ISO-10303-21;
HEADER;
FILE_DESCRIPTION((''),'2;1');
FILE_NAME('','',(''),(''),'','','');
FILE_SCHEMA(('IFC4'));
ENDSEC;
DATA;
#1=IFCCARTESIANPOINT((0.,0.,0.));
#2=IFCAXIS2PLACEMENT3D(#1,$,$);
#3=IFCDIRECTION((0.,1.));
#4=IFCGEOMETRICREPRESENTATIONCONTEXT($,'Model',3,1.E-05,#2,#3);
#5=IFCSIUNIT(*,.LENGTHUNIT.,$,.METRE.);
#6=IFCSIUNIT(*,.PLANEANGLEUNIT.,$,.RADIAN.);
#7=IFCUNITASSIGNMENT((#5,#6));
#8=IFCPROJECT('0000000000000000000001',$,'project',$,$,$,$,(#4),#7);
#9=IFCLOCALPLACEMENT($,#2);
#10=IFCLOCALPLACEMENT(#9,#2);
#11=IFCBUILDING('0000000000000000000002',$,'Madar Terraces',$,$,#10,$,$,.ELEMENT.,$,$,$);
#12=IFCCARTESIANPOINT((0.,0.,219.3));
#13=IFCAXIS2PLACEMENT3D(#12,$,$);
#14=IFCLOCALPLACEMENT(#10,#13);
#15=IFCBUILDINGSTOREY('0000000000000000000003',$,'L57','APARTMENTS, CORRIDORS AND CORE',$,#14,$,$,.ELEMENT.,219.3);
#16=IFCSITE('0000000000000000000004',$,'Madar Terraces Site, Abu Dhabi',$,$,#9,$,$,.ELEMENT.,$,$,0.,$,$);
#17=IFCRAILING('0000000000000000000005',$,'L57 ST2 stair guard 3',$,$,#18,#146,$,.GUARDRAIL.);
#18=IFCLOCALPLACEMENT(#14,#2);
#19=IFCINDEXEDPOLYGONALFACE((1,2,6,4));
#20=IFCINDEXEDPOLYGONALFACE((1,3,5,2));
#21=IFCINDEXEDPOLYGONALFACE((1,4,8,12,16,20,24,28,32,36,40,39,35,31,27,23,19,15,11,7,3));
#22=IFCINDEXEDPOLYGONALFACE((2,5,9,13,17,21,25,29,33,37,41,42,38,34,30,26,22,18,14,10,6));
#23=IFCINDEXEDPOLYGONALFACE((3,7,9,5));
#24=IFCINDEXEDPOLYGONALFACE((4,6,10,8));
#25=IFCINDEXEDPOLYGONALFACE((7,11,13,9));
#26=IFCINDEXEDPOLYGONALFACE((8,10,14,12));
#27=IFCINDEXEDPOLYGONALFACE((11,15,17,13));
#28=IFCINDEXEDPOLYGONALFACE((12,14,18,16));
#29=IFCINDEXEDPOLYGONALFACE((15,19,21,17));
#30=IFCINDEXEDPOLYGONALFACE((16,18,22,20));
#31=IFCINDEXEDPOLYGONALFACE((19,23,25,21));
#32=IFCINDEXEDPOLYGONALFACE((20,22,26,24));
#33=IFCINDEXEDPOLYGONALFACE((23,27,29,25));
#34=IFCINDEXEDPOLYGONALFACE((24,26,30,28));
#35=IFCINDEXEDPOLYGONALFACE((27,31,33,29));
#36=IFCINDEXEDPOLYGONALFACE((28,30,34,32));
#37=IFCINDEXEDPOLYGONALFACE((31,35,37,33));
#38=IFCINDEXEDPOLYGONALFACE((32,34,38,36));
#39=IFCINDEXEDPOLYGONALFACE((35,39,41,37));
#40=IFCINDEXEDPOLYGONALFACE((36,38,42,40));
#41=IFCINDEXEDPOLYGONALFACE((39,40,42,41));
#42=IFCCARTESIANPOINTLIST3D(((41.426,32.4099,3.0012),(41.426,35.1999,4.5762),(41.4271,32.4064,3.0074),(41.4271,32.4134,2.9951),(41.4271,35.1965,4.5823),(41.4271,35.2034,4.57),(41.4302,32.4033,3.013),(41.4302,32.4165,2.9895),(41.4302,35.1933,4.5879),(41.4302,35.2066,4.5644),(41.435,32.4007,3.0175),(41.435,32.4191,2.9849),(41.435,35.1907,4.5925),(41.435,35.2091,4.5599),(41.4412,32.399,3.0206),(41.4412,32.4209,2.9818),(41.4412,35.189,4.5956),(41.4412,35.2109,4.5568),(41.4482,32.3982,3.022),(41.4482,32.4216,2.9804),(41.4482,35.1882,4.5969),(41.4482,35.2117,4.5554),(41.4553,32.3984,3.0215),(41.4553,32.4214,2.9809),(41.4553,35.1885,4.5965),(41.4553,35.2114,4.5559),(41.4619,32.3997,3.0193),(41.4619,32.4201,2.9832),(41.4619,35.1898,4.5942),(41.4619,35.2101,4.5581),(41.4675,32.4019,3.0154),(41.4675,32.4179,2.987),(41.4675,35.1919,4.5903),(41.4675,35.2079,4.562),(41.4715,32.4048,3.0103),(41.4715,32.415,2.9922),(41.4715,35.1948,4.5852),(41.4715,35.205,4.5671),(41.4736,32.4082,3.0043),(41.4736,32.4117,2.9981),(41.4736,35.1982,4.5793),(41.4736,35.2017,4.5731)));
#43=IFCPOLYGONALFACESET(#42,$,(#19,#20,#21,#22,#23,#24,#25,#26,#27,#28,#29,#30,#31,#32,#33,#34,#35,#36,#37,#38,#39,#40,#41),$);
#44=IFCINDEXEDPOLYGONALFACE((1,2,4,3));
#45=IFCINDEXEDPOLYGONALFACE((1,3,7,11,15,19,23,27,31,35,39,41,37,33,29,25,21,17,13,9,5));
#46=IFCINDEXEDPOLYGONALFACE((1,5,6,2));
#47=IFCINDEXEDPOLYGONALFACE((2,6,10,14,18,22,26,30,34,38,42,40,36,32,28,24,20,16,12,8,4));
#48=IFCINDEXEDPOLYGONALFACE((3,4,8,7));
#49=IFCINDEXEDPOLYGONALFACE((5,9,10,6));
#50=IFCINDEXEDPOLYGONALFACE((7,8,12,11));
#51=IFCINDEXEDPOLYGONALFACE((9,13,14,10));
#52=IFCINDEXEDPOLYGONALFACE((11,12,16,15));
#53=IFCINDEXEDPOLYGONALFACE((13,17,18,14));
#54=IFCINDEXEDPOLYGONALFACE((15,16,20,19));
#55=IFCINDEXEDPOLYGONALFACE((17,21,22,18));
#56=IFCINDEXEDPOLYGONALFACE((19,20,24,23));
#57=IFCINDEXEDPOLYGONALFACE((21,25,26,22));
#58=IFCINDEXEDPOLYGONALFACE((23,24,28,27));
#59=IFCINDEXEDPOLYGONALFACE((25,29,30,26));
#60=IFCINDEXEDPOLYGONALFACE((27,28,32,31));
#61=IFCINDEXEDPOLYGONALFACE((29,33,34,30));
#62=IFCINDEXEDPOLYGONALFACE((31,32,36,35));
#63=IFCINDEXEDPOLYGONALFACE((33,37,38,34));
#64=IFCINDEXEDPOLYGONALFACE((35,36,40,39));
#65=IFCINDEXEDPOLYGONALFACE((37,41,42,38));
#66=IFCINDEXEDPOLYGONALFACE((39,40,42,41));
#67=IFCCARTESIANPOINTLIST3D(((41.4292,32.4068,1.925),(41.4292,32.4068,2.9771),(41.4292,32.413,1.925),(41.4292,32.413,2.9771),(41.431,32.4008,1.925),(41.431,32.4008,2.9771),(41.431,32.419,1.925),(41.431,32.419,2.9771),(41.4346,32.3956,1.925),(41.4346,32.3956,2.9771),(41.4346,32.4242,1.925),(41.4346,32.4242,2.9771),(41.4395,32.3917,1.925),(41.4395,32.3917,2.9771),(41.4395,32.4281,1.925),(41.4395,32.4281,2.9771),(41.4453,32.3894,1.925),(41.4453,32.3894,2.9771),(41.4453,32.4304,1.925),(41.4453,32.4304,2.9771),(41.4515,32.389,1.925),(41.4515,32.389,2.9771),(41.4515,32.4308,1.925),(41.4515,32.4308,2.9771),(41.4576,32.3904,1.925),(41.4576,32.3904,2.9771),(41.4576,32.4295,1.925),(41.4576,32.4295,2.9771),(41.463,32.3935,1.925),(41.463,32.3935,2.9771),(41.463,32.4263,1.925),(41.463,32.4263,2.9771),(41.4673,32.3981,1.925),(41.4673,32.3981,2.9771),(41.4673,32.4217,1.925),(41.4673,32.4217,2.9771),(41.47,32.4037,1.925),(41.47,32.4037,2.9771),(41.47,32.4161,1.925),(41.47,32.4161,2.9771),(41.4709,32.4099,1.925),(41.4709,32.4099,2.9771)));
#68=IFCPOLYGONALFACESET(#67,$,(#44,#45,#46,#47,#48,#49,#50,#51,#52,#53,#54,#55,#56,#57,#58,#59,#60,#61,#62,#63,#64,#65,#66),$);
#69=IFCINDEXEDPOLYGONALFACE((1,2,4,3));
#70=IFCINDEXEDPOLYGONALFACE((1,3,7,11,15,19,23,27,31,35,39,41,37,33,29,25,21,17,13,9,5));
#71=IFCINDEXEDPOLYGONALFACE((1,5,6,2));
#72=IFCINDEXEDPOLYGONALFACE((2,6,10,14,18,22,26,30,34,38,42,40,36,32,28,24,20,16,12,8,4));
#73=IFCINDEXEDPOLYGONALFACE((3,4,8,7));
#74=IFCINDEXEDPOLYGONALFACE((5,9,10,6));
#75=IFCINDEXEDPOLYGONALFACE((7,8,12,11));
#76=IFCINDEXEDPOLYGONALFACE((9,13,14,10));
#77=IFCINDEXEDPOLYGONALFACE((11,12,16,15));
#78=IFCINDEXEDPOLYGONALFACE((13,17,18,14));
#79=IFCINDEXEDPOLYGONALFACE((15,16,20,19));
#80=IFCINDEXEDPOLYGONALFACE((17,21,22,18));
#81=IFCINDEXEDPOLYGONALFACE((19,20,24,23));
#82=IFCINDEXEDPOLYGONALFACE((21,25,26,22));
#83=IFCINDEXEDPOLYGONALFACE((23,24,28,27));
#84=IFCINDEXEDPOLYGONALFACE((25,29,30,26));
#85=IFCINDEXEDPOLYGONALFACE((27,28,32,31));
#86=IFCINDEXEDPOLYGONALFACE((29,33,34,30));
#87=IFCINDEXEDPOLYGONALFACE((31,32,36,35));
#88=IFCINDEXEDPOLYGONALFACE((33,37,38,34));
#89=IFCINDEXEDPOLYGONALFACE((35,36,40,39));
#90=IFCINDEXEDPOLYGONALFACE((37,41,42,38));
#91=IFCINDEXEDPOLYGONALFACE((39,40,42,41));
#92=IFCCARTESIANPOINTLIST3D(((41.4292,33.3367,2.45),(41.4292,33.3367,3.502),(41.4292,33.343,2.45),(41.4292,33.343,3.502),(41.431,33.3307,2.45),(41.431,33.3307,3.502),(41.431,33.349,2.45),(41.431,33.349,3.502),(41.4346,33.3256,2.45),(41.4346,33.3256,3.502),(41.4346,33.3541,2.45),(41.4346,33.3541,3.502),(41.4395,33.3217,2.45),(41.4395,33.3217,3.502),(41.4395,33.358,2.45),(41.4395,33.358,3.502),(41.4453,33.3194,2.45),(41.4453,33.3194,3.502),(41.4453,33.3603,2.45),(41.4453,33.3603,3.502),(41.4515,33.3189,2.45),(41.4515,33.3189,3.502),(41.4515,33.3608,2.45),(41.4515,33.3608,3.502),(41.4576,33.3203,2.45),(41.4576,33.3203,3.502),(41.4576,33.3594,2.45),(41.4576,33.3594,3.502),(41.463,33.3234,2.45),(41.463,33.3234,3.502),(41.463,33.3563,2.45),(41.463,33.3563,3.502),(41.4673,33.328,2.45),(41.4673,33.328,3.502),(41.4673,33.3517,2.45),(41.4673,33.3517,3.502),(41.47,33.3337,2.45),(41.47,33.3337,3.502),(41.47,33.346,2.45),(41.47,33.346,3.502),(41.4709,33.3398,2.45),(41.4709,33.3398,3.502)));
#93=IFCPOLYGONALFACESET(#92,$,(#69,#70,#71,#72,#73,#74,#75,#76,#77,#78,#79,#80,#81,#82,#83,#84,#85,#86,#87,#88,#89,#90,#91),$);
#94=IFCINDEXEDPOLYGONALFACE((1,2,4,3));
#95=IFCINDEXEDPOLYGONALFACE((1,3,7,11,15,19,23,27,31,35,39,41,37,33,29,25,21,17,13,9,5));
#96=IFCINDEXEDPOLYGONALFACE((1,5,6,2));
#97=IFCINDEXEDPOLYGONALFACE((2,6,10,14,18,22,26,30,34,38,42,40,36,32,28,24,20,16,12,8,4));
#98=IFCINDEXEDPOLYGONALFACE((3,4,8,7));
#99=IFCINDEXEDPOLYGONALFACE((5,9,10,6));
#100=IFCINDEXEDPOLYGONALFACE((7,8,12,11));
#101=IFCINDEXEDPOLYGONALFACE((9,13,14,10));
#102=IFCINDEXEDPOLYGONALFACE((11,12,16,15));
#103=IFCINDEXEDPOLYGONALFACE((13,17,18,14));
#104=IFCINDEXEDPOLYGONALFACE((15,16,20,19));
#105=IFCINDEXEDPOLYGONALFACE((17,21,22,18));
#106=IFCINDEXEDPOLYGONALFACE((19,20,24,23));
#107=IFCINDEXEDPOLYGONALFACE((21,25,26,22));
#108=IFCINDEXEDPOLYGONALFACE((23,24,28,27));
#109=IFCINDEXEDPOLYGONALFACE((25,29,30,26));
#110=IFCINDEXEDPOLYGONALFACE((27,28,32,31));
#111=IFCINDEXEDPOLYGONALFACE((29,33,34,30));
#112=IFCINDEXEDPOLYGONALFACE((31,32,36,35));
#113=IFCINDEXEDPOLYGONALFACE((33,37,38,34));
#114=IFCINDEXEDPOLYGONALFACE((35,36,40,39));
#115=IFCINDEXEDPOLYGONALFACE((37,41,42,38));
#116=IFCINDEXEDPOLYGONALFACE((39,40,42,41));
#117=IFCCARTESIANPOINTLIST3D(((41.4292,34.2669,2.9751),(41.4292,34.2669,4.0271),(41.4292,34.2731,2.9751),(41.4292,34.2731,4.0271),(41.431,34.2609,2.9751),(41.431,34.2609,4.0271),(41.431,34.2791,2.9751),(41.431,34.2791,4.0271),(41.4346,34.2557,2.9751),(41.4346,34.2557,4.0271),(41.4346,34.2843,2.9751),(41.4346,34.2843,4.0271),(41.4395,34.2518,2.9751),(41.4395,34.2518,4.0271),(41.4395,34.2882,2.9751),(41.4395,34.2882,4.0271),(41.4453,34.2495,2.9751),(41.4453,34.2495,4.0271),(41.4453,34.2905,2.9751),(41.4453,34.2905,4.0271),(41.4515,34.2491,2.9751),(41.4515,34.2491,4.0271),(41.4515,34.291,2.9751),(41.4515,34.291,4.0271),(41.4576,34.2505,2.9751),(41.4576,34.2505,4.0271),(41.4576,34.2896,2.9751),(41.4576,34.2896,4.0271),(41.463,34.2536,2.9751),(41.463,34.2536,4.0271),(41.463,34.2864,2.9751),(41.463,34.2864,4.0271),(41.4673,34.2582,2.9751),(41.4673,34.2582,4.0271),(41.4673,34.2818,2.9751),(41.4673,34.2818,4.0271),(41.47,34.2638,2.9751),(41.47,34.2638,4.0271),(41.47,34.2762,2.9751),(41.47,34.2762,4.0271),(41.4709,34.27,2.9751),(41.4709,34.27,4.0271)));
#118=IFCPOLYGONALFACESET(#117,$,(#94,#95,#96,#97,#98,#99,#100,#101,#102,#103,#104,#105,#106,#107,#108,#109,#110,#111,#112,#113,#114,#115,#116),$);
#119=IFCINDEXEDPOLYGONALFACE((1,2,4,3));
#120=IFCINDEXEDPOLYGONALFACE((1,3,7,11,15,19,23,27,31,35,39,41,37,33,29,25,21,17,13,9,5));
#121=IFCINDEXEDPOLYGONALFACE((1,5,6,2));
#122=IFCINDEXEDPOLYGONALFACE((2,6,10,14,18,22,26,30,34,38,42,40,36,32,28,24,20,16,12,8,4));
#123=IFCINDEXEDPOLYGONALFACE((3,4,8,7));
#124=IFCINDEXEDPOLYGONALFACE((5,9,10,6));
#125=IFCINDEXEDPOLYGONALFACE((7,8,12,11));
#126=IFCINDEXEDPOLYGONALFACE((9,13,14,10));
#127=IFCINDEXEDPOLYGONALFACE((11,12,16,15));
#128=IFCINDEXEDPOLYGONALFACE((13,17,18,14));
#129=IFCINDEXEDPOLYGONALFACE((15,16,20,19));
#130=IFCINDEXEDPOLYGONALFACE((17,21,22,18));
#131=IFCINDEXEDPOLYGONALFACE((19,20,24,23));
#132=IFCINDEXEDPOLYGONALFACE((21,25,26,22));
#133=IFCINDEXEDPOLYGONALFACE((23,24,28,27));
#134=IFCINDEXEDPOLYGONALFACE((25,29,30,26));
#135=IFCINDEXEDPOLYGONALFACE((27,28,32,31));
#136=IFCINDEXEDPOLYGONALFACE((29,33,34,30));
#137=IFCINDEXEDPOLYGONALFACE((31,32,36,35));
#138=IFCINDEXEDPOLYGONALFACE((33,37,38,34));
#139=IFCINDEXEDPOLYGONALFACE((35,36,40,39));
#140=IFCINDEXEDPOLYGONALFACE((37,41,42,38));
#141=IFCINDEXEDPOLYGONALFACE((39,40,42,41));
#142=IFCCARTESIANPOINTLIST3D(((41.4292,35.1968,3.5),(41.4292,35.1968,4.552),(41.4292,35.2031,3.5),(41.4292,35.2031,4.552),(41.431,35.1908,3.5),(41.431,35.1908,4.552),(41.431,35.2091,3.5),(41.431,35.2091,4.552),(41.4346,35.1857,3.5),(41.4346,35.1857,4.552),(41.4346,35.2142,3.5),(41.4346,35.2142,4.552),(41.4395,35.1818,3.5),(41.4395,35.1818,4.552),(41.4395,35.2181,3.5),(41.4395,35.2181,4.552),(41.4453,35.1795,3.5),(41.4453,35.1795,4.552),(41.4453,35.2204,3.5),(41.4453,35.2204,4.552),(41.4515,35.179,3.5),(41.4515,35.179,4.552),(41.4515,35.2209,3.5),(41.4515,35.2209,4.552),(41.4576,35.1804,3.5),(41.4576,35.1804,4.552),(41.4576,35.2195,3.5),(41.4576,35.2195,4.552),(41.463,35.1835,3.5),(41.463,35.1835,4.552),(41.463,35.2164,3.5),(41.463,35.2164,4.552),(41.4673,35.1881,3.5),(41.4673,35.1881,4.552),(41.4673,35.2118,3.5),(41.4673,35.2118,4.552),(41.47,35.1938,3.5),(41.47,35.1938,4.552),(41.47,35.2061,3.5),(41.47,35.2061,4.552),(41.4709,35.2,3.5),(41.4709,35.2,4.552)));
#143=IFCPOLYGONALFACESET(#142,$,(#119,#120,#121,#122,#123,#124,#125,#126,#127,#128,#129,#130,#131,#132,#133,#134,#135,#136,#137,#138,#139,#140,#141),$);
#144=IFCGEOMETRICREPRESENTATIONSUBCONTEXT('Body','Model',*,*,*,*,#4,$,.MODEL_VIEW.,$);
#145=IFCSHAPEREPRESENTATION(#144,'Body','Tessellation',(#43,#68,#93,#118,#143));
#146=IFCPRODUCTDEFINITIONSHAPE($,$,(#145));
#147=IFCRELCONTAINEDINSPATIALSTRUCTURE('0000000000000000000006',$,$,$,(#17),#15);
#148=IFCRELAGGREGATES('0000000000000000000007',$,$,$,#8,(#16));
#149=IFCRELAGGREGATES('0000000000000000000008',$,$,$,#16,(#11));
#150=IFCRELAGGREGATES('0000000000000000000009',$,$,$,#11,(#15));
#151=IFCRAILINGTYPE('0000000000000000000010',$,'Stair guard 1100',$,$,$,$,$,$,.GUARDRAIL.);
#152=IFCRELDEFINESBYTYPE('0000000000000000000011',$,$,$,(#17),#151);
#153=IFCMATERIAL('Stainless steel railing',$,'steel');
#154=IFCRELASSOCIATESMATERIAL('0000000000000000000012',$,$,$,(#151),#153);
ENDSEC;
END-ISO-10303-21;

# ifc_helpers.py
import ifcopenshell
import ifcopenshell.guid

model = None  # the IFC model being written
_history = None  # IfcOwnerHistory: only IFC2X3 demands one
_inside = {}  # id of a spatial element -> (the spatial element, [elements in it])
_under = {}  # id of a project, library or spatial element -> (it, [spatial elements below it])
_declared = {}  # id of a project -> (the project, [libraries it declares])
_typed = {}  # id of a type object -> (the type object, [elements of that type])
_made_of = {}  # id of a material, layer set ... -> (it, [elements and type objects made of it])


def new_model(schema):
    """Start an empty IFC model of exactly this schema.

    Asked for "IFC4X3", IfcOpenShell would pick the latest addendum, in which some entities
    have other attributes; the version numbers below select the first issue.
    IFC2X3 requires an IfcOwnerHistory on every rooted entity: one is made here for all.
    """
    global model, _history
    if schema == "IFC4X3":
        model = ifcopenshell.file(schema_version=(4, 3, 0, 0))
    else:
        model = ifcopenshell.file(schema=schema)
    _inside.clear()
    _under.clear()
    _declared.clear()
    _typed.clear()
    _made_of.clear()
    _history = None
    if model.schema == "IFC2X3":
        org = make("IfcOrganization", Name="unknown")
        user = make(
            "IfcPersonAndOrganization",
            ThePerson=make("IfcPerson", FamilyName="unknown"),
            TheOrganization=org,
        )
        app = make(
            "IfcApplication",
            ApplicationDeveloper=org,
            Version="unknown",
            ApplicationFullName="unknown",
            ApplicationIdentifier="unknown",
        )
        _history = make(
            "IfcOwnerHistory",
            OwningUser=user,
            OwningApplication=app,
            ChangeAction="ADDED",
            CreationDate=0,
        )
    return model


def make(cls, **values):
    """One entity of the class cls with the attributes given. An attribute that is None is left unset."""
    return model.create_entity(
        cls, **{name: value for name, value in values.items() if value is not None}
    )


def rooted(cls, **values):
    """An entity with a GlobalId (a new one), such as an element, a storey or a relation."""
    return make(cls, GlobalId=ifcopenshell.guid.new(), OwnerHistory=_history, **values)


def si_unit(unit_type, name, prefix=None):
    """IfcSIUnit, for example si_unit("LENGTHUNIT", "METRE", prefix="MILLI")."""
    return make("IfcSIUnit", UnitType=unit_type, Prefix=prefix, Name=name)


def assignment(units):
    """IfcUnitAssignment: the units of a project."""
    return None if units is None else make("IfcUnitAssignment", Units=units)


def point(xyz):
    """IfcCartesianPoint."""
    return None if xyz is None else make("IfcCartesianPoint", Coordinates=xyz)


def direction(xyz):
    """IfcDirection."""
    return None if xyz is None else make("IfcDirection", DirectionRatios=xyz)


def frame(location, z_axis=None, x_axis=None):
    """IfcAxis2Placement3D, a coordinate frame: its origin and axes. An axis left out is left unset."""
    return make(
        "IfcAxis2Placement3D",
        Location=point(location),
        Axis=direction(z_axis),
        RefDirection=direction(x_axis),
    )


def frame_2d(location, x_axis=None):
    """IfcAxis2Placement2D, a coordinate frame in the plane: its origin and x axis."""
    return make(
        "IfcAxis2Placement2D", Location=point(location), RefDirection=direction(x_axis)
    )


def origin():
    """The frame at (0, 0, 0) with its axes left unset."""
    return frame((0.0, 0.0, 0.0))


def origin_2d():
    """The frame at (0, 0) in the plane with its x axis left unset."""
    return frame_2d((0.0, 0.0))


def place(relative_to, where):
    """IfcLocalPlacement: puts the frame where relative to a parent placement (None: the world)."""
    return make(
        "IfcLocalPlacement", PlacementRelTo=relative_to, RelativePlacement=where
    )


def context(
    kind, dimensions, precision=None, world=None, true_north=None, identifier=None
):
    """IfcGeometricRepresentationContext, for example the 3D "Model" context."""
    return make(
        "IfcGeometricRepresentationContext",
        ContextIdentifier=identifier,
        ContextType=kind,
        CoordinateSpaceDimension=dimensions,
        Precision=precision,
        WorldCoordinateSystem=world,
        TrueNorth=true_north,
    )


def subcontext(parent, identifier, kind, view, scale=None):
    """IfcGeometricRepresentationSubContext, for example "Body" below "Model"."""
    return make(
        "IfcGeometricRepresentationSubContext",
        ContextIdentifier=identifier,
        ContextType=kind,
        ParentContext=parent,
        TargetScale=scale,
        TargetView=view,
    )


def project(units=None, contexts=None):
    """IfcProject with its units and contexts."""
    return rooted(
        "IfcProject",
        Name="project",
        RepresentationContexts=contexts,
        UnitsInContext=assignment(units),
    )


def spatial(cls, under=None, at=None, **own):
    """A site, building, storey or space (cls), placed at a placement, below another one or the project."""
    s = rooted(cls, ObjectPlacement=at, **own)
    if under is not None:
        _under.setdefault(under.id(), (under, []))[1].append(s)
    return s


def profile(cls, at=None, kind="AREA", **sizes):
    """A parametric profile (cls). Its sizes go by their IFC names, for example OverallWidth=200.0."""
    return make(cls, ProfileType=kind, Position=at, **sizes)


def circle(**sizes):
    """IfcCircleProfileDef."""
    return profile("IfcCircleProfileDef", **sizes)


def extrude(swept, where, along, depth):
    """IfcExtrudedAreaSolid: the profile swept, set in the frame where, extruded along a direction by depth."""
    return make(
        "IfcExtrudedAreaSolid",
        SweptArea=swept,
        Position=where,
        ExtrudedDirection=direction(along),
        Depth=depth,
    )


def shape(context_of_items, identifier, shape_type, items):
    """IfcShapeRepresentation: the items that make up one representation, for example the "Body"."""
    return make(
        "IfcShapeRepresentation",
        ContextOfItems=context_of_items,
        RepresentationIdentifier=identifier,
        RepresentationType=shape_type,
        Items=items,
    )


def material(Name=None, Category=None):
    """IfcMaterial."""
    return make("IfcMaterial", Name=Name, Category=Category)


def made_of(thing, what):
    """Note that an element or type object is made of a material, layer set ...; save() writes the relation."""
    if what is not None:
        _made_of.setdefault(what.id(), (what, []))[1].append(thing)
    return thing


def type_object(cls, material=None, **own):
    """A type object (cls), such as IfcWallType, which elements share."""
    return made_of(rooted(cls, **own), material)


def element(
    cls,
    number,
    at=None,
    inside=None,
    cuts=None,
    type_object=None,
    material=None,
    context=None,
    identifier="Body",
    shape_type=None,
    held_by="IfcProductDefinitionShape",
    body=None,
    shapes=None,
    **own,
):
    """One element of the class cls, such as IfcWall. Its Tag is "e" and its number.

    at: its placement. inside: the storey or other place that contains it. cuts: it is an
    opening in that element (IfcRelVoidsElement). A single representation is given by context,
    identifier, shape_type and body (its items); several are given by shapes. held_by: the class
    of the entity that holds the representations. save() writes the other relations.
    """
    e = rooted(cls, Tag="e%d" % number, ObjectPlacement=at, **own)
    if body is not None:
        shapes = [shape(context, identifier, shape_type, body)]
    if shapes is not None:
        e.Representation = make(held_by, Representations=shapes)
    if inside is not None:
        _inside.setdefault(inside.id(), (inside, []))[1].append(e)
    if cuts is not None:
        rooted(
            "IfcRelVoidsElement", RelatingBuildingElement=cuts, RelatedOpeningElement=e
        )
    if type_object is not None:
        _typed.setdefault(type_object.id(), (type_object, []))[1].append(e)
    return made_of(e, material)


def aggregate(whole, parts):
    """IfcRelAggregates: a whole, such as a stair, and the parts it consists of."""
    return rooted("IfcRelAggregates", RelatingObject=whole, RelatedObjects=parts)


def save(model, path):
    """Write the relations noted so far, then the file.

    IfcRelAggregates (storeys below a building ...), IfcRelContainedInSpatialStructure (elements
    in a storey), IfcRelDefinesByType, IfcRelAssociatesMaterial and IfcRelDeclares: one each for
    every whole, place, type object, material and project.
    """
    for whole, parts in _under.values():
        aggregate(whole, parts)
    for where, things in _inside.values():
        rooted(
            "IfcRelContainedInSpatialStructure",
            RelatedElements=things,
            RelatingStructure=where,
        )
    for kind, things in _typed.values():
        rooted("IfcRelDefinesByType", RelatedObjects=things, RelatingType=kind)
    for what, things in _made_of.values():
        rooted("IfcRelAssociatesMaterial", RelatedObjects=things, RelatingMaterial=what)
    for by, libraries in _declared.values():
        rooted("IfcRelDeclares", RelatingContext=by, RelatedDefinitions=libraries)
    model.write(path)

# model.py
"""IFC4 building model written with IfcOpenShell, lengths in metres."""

from ifc_helpers import new_model, si_unit, direction, frame, origin, origin_2d, place, context, subcontext, project, spatial, circle, extrude, material, type_object, element, save


model = new_model("IFC4")

# Units and contexts
model_context = context("Model", 3, precision=1e-05, world=origin(), true_north=direction((0.0, 1.0)))
body_context = subcontext(model_context, "Body", "Model", "MODEL_VIEW")
ifc_project = project(units=[si_unit("LENGTHUNIT", "METRE"), si_unit("PLANEANGLEUNIT", "RADIAN")], contexts=[model_context])

# Site, building, storey
site_placement = place(None, origin())
site = spatial("IfcSite", under=ifc_project, at=site_placement, Name="Madar Terraces Site, Abu Dhabi", CompositionType="ELEMENT", RefElevation=0.0)
building_placement = place(site_placement, origin())
building = spatial("IfcBuilding", under=site, at=building_placement, Name="Madar Terraces", CompositionType="ELEMENT")
storey_placement = place(building_placement, frame((0.0, 0.0, 219.3)))
storey = spatial("IfcBuildingStorey", under=building, at=storey_placement, Name="L57", Description="APARTMENTS, CORRIDORS AND CORE", CompositionType="ELEMENT", Elevation=219.3)

# Railing
ifc_material_1 = material(Name="Stainless steel railing", Category="steel")
railing_type_1 = type_object("IfcRailingType", Name="Stair guard 1100", PredefinedType="GUARDRAIL", material=ifc_material_1)
railing_1_placement = place(storey_placement, frame((41.45, 32.4099, 1.925)))
element("IfcRailing", 1, at=railing_1_placement, inside=storey, type_object=railing_type_1, Name="L57 ST2 stair guard 3", PredefinedType="GUARDRAIL", context=body_context, shape_type="SweptSolid", body=[
    extrude(circle(Radius=0.0239, at=origin_2d()), frame((0.0, 0.0, 1.0762), z_axis=(0.0, 0.870834, 0.491578), x_axis=(-1.0, 0.0, 0.0)), (0.0, 0.0, 1.0), 3.2039),
    extrude(circle(Radius=0.021, at=origin_2d()), origin(), (0.0, 0.0, 1.0), 1.052),
    extrude(circle(Radius=0.021, at=origin_2d()), frame((0.0, 0.9299, 0.5249)), (0.0, 0.0, 1.0), 1.052),
    extrude(circle(Radius=0.021, at=origin_2d()), frame((0.0, 1.8601, 1.05)), (0.0, 0.0, 1.0), 1.052),
    extrude(circle(Radius=0.021, at=origin_2d()), frame((0.0, 2.79, 1.575)), (0.0, 0.0, 1.0), 1.052),
])

save(model, "model.ifc")
